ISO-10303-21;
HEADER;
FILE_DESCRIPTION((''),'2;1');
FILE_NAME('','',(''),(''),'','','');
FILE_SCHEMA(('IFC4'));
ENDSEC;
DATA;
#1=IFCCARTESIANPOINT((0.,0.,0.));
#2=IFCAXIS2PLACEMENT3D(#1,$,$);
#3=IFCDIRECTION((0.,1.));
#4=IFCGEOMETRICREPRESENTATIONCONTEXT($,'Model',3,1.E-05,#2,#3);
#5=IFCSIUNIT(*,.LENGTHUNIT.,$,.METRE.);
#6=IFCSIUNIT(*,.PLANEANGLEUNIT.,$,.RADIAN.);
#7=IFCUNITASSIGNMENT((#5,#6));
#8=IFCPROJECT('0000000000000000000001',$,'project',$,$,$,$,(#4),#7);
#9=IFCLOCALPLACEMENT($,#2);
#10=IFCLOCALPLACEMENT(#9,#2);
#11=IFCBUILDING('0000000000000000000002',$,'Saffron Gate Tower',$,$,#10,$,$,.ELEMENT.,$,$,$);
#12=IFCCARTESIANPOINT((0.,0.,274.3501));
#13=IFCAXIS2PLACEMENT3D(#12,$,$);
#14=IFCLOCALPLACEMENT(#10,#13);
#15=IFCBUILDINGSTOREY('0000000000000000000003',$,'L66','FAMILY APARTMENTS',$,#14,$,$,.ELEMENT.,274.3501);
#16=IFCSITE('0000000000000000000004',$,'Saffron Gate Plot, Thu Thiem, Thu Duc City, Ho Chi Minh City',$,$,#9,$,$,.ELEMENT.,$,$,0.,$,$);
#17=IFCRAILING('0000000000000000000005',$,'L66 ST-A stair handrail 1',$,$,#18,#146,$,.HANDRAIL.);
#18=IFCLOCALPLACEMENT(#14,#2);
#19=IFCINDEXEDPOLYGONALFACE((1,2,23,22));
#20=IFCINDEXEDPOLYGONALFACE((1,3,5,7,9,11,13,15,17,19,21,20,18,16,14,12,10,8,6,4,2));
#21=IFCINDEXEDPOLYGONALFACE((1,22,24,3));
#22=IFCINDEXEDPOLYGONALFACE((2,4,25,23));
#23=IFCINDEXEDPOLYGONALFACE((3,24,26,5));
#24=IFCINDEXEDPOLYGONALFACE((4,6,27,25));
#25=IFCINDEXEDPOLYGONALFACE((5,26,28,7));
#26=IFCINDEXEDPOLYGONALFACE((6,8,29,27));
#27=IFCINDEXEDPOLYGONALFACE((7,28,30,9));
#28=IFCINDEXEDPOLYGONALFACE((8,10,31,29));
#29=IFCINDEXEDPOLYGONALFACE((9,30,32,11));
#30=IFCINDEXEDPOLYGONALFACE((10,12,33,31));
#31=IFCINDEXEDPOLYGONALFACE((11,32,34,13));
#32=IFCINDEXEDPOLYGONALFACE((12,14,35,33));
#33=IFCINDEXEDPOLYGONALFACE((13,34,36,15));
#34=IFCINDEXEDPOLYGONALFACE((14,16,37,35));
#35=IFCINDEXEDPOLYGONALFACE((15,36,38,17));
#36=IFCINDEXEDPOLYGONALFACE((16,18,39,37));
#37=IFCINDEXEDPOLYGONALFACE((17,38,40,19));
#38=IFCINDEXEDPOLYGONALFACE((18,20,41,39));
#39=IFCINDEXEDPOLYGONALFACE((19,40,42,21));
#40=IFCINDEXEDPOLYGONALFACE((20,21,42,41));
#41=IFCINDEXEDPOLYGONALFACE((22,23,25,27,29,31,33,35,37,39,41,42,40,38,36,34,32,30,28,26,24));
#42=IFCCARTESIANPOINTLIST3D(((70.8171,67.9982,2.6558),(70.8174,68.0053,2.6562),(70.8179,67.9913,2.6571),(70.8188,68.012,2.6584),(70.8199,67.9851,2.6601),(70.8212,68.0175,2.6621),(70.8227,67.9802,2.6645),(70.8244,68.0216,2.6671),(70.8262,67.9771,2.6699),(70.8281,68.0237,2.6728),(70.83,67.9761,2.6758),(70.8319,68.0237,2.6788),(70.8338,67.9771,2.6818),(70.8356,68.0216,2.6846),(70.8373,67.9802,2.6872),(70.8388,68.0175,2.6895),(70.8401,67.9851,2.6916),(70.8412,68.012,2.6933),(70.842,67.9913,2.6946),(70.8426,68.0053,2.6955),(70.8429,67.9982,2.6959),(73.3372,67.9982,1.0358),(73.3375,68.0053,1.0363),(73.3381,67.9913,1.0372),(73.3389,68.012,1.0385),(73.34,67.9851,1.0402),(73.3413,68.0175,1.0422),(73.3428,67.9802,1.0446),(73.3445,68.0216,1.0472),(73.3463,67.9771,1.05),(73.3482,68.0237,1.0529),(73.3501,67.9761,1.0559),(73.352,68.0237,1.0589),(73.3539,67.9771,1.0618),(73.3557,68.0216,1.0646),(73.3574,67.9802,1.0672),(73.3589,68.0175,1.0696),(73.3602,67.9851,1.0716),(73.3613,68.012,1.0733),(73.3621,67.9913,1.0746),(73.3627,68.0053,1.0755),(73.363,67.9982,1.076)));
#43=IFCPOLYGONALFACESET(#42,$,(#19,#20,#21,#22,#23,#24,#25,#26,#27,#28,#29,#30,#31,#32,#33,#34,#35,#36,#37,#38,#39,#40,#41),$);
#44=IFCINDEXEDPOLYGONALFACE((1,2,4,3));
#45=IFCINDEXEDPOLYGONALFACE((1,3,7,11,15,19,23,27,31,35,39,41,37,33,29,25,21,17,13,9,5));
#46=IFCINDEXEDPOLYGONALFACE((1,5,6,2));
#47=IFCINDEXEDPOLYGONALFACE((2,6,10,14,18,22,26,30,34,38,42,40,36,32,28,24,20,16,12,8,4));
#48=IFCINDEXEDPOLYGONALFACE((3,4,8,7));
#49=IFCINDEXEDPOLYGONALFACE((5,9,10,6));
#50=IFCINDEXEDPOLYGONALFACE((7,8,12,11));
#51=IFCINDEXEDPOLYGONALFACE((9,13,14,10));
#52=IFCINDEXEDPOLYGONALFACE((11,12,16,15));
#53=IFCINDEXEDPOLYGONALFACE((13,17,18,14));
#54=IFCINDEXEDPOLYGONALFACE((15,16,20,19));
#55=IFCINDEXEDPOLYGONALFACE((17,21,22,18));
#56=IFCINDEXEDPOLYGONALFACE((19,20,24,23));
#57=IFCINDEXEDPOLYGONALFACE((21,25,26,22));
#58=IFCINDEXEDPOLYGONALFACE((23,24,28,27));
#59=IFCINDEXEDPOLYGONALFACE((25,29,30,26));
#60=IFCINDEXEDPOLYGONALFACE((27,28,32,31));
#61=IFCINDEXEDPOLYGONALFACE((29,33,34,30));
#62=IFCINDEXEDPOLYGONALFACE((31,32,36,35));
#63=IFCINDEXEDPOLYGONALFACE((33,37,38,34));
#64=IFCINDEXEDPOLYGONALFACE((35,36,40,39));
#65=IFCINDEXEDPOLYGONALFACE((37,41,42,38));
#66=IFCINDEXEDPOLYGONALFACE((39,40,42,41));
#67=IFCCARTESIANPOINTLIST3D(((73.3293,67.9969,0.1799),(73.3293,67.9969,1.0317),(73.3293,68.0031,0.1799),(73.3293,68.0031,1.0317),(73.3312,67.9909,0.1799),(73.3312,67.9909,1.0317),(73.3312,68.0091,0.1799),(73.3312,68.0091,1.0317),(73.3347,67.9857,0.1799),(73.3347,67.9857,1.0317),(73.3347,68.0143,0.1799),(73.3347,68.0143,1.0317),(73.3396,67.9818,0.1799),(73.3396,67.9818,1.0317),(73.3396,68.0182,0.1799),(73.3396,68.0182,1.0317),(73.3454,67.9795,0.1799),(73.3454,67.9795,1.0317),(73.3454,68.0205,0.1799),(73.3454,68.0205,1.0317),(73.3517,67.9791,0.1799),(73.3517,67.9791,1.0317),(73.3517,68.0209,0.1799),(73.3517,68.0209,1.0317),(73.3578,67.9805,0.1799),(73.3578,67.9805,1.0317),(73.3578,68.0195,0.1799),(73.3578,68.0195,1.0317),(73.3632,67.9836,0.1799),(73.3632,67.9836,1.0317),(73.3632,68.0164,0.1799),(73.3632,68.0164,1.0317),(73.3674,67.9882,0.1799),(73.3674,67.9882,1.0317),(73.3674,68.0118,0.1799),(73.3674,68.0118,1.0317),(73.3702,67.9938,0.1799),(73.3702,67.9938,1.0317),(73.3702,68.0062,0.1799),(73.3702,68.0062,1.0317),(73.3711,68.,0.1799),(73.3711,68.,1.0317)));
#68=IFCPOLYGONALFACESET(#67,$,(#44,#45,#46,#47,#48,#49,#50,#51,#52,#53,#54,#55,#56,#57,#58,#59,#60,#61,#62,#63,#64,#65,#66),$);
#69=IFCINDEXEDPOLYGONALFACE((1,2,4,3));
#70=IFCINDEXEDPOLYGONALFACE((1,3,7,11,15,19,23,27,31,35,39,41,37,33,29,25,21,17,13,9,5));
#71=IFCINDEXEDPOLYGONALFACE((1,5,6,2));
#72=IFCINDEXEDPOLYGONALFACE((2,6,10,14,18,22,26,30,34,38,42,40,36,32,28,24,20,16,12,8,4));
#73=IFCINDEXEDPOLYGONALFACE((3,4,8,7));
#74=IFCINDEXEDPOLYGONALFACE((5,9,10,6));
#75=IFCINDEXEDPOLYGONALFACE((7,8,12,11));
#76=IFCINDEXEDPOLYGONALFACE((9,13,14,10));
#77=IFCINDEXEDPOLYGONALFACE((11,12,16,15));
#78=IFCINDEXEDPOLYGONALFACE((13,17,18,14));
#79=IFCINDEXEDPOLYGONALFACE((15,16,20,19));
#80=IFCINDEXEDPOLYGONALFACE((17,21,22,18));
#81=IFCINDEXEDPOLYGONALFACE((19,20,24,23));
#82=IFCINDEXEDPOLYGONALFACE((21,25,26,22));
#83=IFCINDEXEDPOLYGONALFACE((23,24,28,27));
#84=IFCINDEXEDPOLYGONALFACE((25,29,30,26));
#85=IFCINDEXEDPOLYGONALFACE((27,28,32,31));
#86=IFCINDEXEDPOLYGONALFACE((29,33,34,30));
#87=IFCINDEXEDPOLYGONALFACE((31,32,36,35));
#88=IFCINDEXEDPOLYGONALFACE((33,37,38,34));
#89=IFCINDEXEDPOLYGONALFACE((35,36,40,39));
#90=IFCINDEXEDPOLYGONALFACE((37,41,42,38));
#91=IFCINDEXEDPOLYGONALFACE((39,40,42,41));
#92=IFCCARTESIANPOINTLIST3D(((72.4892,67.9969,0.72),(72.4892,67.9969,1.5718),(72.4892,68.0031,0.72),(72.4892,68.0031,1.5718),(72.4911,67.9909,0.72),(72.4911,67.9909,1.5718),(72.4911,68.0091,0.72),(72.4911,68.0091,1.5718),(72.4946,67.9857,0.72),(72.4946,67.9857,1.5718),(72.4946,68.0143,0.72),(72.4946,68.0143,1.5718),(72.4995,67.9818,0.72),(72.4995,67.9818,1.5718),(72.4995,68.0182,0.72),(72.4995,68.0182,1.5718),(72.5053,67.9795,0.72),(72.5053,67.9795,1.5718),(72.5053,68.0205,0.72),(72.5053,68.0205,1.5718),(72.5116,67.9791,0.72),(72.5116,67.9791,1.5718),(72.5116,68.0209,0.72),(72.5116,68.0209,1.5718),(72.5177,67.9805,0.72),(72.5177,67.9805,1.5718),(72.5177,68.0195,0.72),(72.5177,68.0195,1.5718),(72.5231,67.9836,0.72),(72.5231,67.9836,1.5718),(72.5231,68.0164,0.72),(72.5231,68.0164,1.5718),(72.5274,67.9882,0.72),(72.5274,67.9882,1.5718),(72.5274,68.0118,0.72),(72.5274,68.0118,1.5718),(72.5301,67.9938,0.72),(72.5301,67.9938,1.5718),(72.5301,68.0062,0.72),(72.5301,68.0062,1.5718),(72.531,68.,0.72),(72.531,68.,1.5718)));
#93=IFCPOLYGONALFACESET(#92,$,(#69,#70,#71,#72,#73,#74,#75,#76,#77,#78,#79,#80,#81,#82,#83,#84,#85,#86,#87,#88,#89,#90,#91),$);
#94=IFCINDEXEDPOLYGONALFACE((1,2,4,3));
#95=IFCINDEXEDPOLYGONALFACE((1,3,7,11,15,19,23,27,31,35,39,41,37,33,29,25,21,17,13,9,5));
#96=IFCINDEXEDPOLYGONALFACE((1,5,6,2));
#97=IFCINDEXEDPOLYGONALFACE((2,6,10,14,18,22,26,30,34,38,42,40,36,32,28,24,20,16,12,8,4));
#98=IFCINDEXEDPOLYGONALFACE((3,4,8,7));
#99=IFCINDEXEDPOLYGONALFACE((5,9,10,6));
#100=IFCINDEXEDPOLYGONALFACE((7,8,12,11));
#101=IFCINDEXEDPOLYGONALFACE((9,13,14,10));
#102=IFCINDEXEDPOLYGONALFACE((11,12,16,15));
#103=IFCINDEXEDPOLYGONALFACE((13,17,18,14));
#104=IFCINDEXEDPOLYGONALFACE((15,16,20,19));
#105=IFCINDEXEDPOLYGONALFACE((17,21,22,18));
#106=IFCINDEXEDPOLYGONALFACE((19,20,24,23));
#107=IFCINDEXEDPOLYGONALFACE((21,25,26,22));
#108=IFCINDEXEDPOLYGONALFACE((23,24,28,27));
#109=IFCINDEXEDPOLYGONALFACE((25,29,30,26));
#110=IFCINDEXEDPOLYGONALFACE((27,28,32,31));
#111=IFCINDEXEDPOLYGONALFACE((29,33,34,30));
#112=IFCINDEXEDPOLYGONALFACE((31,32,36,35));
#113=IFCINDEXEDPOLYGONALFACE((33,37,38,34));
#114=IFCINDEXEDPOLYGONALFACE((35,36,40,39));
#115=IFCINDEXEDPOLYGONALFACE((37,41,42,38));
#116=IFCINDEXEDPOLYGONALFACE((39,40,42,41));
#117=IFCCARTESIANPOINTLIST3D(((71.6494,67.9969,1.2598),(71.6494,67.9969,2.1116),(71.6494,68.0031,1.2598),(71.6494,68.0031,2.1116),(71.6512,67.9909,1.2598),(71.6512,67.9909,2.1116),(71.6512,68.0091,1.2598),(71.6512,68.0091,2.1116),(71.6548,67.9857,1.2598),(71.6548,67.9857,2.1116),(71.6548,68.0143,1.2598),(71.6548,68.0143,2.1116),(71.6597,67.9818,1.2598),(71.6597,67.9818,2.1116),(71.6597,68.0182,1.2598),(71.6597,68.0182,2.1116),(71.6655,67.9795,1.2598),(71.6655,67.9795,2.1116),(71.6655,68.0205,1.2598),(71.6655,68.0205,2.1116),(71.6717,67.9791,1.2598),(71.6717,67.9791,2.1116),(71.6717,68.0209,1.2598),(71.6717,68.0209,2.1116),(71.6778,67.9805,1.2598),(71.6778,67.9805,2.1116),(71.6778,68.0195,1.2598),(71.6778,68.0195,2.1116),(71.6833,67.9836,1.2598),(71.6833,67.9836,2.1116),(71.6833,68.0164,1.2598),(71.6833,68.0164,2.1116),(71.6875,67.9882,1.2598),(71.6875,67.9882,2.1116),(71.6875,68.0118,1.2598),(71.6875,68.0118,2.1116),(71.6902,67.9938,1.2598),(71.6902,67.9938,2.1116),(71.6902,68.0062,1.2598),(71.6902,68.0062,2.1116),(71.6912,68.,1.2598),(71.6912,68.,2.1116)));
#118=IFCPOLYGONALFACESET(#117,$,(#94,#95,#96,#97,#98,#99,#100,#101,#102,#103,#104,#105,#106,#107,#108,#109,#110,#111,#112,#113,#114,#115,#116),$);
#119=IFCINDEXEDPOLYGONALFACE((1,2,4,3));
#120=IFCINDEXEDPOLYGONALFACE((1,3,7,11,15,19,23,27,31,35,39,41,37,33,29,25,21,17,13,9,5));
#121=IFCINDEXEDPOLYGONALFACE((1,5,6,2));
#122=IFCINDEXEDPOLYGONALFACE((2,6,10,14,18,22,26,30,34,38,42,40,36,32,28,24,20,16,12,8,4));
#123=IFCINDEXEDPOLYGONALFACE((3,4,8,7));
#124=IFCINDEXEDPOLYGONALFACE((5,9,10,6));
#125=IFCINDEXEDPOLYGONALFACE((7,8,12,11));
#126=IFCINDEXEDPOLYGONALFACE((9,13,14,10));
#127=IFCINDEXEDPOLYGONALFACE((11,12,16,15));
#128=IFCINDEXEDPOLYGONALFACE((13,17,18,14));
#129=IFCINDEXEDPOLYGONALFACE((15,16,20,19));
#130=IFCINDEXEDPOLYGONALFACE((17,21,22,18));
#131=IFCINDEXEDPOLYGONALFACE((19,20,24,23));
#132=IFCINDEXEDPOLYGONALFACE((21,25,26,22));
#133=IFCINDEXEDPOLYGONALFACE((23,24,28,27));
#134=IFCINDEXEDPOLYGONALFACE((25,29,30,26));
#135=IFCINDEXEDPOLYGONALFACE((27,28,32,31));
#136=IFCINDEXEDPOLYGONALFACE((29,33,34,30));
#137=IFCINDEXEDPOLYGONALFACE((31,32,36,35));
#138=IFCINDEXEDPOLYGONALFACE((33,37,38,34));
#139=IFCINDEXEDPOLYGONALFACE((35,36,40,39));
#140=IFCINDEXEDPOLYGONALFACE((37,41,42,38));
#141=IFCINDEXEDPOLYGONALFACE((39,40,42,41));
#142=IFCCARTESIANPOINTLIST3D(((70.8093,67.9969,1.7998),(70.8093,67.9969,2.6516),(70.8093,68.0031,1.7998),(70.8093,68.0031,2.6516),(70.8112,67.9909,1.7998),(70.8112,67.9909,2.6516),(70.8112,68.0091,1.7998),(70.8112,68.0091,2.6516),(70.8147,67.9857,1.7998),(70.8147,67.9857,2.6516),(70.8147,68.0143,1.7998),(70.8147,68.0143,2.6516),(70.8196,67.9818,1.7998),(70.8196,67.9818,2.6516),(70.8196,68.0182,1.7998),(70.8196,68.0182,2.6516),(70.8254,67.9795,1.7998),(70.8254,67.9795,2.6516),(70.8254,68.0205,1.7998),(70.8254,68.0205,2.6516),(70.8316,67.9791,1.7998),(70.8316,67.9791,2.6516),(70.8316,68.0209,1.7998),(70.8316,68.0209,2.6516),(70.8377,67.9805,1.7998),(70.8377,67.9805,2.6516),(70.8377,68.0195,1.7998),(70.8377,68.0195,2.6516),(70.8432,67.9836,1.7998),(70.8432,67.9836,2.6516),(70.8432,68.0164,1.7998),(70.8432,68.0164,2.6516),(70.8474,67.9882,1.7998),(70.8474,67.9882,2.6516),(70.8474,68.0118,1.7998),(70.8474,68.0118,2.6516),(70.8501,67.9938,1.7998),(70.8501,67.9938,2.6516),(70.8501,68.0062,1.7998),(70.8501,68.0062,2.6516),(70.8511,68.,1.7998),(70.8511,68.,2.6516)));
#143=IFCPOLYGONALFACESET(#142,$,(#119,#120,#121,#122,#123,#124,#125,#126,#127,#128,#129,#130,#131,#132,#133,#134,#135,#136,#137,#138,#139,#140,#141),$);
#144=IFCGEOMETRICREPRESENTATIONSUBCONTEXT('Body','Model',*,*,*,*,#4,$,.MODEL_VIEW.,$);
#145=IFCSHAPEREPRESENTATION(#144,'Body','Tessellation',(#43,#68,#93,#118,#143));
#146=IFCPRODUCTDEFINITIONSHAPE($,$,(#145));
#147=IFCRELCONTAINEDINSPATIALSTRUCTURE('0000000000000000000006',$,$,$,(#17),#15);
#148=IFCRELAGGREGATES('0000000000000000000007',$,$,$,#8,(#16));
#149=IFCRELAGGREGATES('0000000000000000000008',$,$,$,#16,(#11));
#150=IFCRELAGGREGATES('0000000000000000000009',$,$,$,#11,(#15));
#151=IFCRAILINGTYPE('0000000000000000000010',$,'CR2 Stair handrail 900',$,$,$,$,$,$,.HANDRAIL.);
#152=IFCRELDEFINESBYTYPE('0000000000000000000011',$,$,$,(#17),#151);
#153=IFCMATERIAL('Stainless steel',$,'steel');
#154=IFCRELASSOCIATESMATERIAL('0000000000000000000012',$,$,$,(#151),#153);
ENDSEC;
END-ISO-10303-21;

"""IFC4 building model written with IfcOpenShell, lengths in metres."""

from ifc_helpers import new_model, si_unit, direction, frame, origin, origin_2d, place, context, subcontext, project, spatial, circle, extrude, material, type_object, element, save


model = new_model("IFC4")

# Units and contexts
model_context = context("Model", 3, precision=1e-05, world=origin(), true_north=direction((0.0, 1.0)))
body_context = subcontext(model_context, "Body", "Model", "MODEL_VIEW")
ifc_project = project(units=[si_unit("LENGTHUNIT", "METRE"), si_unit("PLANEANGLEUNIT", "RADIAN")], contexts=[model_context])

# Site, building, storey
site_placement = place(None, origin())
site = spatial("IfcSite", under=ifc_project, at=site_placement, Name="Saffron Gate Plot, Thu Thiem, Thu Duc City, Ho Chi Minh City", CompositionType="ELEMENT", RefElevation=0.0)
building_placement = place(site_placement, origin())
building = spatial("IfcBuilding", under=site, at=building_placement, Name="Saffron Gate Tower", CompositionType="ELEMENT")
storey_placement = place(building_placement, frame((0.0, 0.0, 274.3501)))
storey = spatial("IfcBuildingStorey", under=building, at=storey_placement, Name="L66", Description="FAMILY APARTMENTS", CompositionType="ELEMENT", Elevation=274.3501)

# Railing
ifc_material_1 = material(Name="Stainless steel", Category="steel")
railing_type_1 = type_object("IfcRailingType", Name="CR2 Stair handrail 900", PredefinedType="HANDRAIL", material=ifc_material_1)
railing_1_placement = place(storey_placement, frame((73.3501, 68.0, 0.1799)))
element("IfcRailing", 1, at=railing_1_placement, inside=storey, type_object=railing_type_1, Name="L66 ST-A stair handrail 1", PredefinedType="HANDRAIL", context=body_context, shape_type="SweptSolid", body=[
    extrude(circle(Radius=0.0239, at=origin_2d()), frame((0.0, 0.0, 0.876), z_axis=(-0.8412, 0.0, 0.540725), x_axis=(0.0, -1.0, 0.0)), (0.0, 0.0, 1.0), 2.9958),
    extrude(circle(Radius=0.021, at=origin_2d()), origin(), (0.0, 0.0, 1.0), 0.8518),
    extrude(circle(Radius=0.021, at=origin_2d()), frame((-0.8401, 0.0, 0.54)), (0.0, 0.0, 1.0), 0.8518),
    extrude(circle(Radius=0.021, at=origin_2d()), frame((-1.6799, 0.0, 1.0798)), (0.0, 0.0, 1.0), 0.8518),
    extrude(circle(Radius=0.021, at=origin_2d()), frame((-2.52, 0.0, 1.6199)), (0.0, 0.0, 1.0), 0.8518),
])

save(model, "model.ifc")
